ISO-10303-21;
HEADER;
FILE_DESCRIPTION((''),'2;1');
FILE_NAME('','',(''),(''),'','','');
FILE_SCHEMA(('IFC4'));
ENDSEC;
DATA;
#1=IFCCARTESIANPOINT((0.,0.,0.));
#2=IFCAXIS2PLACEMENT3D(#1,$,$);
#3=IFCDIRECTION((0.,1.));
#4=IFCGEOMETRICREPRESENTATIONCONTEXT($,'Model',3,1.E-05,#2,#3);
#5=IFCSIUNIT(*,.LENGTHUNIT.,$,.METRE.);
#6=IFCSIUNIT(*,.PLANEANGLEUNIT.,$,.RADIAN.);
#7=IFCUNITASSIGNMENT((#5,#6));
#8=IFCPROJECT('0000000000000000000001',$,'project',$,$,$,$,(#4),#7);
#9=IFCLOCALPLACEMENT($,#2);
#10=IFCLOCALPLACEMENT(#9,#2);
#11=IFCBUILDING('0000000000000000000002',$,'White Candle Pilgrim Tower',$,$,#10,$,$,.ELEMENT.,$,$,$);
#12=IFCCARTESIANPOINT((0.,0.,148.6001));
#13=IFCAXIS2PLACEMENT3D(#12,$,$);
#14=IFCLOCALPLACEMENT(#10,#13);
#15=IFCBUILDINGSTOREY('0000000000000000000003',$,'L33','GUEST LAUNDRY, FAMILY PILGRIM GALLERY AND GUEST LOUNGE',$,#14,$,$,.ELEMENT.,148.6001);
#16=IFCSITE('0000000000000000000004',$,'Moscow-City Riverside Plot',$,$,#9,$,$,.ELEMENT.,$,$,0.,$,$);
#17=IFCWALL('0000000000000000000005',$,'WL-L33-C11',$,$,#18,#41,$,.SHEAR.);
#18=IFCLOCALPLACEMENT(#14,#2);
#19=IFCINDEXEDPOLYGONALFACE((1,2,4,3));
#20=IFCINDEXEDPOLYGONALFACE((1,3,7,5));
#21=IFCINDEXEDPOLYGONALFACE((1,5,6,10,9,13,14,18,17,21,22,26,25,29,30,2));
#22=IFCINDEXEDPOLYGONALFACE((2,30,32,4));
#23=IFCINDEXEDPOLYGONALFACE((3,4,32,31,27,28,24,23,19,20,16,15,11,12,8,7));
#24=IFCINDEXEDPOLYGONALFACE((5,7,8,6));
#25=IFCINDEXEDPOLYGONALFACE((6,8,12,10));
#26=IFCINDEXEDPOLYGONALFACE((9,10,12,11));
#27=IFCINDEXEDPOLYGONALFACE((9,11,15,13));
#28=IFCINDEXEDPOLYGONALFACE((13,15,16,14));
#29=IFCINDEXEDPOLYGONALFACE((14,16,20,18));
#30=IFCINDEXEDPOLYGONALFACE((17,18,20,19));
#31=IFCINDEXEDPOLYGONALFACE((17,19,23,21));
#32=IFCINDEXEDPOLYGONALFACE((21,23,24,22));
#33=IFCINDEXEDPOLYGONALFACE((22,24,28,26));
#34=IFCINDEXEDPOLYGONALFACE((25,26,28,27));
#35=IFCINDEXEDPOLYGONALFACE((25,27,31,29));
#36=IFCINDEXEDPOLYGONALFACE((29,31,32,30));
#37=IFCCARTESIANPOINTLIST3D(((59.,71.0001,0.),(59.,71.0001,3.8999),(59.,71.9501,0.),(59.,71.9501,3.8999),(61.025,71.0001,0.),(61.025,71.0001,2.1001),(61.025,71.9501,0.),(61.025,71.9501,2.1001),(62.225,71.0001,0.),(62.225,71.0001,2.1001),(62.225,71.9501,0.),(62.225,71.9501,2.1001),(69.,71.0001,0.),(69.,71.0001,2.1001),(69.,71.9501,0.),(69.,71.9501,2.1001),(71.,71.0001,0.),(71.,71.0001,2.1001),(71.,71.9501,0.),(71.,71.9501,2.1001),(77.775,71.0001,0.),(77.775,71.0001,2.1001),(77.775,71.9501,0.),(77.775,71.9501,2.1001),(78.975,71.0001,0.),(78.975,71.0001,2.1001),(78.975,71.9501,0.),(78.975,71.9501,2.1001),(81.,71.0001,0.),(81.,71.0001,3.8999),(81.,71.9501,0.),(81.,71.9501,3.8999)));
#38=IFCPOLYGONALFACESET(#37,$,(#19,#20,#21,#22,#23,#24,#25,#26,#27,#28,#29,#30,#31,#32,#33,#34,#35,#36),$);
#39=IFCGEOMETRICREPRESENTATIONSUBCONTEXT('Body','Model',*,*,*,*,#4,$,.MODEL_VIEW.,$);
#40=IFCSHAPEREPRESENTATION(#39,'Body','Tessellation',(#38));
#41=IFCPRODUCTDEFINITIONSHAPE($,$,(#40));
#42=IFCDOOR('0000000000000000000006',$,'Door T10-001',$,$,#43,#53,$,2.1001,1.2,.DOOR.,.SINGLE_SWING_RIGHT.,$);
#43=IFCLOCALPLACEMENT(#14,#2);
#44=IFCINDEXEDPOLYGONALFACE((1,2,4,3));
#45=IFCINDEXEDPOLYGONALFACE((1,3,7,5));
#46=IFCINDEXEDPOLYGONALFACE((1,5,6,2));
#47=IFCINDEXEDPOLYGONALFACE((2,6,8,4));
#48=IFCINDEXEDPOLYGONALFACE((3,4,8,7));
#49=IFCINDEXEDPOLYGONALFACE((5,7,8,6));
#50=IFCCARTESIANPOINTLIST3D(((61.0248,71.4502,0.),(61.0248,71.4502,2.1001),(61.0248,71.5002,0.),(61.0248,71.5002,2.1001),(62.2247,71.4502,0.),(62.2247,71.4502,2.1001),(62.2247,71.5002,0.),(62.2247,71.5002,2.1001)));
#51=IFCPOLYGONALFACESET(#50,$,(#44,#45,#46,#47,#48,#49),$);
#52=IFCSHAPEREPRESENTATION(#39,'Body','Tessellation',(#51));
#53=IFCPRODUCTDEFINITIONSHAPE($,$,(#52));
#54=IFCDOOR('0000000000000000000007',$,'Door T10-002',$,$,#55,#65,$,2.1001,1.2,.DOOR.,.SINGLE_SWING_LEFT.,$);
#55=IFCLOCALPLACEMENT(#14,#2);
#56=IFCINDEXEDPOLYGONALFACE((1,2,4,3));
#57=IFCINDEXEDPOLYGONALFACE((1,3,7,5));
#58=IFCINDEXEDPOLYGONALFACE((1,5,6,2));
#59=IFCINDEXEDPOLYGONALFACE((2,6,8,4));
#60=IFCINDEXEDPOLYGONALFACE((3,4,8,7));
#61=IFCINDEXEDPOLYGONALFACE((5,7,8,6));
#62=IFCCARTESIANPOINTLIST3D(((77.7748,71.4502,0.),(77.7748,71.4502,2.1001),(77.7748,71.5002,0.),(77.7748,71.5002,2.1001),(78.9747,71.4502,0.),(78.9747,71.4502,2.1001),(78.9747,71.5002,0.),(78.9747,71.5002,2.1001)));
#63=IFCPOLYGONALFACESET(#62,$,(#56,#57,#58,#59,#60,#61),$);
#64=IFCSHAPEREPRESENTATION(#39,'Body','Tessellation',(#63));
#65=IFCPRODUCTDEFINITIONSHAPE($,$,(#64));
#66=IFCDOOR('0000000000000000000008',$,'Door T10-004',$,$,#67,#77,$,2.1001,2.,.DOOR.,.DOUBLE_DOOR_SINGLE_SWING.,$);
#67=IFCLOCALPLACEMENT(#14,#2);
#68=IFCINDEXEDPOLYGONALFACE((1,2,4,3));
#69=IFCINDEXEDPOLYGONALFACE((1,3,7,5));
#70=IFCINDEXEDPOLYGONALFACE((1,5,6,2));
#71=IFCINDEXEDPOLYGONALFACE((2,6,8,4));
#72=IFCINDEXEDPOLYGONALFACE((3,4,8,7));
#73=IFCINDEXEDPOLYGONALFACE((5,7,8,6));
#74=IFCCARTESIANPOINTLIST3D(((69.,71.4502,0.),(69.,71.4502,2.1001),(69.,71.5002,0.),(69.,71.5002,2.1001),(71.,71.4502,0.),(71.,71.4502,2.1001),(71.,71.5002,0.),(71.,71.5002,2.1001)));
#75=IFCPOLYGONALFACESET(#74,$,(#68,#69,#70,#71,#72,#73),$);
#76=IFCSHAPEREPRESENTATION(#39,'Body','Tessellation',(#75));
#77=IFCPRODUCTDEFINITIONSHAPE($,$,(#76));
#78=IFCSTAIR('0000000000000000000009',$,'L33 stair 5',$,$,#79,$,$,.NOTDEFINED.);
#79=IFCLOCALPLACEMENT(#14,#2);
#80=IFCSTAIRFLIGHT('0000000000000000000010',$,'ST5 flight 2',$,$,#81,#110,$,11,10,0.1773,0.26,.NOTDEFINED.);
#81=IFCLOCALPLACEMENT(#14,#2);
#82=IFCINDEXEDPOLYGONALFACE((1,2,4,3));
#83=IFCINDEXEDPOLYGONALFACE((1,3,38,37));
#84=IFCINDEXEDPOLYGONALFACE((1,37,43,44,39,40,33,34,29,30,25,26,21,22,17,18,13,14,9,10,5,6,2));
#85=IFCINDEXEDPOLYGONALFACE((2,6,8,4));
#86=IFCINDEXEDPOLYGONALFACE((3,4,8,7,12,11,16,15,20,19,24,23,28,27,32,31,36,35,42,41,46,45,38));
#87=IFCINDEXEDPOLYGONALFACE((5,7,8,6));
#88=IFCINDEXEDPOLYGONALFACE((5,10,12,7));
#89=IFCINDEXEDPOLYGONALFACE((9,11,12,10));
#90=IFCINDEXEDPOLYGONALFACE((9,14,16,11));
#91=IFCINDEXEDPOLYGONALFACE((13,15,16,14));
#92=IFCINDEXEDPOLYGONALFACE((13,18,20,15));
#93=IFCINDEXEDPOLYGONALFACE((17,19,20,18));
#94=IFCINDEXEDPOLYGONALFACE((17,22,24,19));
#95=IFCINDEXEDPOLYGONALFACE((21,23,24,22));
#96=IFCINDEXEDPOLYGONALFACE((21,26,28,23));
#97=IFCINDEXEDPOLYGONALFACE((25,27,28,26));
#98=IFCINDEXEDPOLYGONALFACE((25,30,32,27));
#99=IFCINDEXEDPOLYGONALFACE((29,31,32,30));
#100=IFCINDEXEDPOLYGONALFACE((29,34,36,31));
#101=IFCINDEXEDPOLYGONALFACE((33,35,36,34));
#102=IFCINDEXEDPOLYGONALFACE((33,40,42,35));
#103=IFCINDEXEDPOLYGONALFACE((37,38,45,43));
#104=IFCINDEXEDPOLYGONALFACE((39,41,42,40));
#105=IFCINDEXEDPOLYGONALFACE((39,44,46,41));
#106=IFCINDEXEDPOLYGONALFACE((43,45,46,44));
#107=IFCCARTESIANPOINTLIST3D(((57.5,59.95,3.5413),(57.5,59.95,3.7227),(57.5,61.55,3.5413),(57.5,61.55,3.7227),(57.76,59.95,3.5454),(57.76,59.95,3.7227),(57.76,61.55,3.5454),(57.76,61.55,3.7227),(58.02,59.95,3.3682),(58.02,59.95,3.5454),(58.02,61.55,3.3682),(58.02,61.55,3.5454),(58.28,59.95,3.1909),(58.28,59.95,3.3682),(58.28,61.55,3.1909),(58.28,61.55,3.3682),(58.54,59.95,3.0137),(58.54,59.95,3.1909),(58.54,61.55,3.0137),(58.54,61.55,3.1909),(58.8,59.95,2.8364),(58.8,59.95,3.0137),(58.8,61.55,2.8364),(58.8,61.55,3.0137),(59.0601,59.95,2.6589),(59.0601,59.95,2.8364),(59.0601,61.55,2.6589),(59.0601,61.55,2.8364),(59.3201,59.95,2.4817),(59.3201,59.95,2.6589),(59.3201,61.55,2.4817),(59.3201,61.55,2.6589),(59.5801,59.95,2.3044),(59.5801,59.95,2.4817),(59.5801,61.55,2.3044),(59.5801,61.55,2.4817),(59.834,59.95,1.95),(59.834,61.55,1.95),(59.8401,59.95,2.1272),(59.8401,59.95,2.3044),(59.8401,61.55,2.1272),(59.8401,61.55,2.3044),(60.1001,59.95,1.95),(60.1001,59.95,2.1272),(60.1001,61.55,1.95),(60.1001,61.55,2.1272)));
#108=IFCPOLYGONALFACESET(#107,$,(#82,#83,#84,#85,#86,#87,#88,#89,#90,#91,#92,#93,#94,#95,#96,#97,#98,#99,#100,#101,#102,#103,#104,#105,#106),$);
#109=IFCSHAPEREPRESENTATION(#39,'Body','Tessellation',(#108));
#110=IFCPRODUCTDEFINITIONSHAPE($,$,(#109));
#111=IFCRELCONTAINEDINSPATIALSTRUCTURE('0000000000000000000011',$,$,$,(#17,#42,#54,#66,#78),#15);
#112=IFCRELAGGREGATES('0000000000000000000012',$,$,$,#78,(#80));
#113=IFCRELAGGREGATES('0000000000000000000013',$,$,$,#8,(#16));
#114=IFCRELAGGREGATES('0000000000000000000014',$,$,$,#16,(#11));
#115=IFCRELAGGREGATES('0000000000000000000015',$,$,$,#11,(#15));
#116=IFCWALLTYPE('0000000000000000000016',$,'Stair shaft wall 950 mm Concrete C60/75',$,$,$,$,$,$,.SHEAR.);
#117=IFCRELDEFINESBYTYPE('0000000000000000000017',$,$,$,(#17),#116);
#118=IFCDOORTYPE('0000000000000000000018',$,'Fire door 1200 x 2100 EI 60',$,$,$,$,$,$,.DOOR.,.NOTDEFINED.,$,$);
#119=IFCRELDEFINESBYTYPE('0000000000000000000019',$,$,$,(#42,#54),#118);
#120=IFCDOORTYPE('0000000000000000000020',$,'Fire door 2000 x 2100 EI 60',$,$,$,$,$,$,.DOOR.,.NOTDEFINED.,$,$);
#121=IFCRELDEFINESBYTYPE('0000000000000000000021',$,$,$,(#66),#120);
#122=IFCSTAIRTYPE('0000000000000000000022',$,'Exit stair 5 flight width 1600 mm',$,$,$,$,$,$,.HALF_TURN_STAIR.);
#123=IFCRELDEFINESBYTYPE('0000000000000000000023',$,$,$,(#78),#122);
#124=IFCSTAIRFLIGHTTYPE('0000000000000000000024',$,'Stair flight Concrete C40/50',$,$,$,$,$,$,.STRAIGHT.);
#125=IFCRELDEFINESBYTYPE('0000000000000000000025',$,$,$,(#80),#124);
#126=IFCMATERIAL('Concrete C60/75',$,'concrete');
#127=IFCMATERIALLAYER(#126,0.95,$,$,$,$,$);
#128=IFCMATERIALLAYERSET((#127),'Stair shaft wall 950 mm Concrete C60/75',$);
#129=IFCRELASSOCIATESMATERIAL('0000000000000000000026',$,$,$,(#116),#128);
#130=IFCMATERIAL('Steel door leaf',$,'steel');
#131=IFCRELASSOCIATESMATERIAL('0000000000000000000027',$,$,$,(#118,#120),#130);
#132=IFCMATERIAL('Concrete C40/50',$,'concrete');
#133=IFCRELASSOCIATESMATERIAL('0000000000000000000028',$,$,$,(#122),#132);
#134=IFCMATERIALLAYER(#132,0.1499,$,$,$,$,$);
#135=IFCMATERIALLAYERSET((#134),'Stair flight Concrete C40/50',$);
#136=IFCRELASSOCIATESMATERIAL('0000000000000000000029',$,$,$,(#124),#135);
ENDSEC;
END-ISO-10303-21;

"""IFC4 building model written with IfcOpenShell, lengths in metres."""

from ifc_helpers import new_model, si_unit, direction, frame, frame_2d, origin, place, context, subcontext, project, spatial, polyline, rectangle, outline, extrude, material, layer, layer_set, type_object, element, fill, aggregate, save


model = new_model("IFC4")

# Units and contexts
model_context = context("Model", 3, precision=1e-05, world=origin(), true_north=direction((0.0, 1.0)))
body_context = subcontext(model_context, "Body", "Model", "MODEL_VIEW")
ifc_project = project(units=[si_unit("LENGTHUNIT", "METRE"), si_unit("PLANEANGLEUNIT", "RADIAN")], contexts=[model_context])

# Site, building, storey
site_placement = place(None, origin())
site = spatial("IfcSite", under=ifc_project, at=site_placement, Name="Moscow-City Riverside Plot", CompositionType="ELEMENT", RefElevation=0.0)
building_placement = place(site_placement, origin())
building = spatial("IfcBuilding", under=site, at=building_placement, Name="White Candle Pilgrim Tower", CompositionType="ELEMENT")
storey_placement = place(building_placement, frame((0.0, 0.0, 148.6001)))
storey = spatial("IfcBuildingStorey", under=building, at=storey_placement, Name="L33", Description="GUEST LAUNDRY, FAMILY PILGRIM GALLERY AND GUEST LOUNGE", CompositionType="ELEMENT", Elevation=148.6001)

# Shared definitions
ifc_material_1 = material(Name="Steel door leaf", Category="steel")

# Shared definitions
ifc_material_2 = material(Name="Concrete C60/75", Category="concrete")

# Wall, openings, doors
ifc_layer_1 = layer(ifc_material_2, 0.95)
ifc_layer_set_1 = layer_set([ifc_layer_1], Name="Stair shaft wall 950 mm Concrete C60/75")
wall_type_1 = type_object("IfcWallType", Name="Stair shaft wall 950 mm Concrete C60/75", PredefinedType="SHEAR", material=ifc_layer_set_1)
wall_1_placement = place(storey_placement, frame((59.0, 71.4751, 0.0), z_axis=(0.0, 0.0, 1.0), x_axis=(1.0, 0.0, 0.0)))
wall_1 = element("IfcWall", 1, at=wall_1_placement, inside=storey, type_object=wall_type_1, Name="WL-L33-C11", PredefinedType="SHEAR", context=body_context, shape_type="SweptSolid", body=[
    extrude(rectangle(XDim=22.0, YDim=0.95, at=frame_2d((11.0, 0.0))), origin(), (0.0, 0.0, 1.0), 3.8999),
])
opening_1_placement = place(wall_1_placement, frame((2.0249, 0.0, 0.0)))
opening_1 = element("IfcOpeningElement", 2, at=opening_1_placement, cuts=wall_1, PredefinedType="OPENING", context=body_context, shape_type="SweptSolid", body=[
    extrude(rectangle(XDim=1.2, YDim=2.1001, at=frame_2d((0.6001, 1.05))), frame((0.0, 0.4849, 0.0), z_axis=(0.0, -1.0, 0.0), x_axis=(1.0, 0.0, 0.0)), (0.0, 0.0, 1.0), 0.97),
])
opening_2_placement = place(wall_1_placement, frame((18.7749, 0.0, 0.0)))
opening_2 = element("IfcOpeningElement", 3, at=opening_2_placement, cuts=wall_1, PredefinedType="OPENING", context=body_context, shape_type="SweptSolid", body=[
    extrude(rectangle(XDim=1.2, YDim=2.1001, at=frame_2d((0.6001, 1.05))), frame((0.0, 0.4849, 0.0), z_axis=(0.0, -1.0, 0.0), x_axis=(1.0, 0.0, 0.0)), (0.0, 0.0, 1.0), 0.97),
])
opening_3_placement = place(wall_1_placement, frame((10.0, 0.0, 0.0)))
opening_3 = element("IfcOpeningElement", 4, at=opening_3_placement, cuts=wall_1, PredefinedType="OPENING", context=body_context, shape_type="SweptSolid", body=[
    extrude(rectangle(XDim=2.0, YDim=2.1001, at=frame_2d((1.0, 1.05))), frame((0.0, 0.4849, 0.0), z_axis=(0.0, -1.0, 0.0), x_axis=(1.0, 0.0, 0.0)), (0.0, 0.0, 1.0), 0.97),
])
door_type_1 = type_object("IfcDoorType", Name="Fire door 1200 x 2100 EI 60", OperationType="NOTDEFINED", PredefinedType="DOOR", material=ifc_material_1)
door_1_placement = place(opening_1_placement, frame((1.2, 0.0, 0.0), z_axis=(0.0, 0.0, 1.0), x_axis=(-1.0, 0.0, 0.0)))
door_1 = element("IfcDoor", 5, at=door_1_placement, inside=storey, type_object=door_type_1, Name="Door T10-001", OperationType="SINGLE_SWING_RIGHT", OverallHeight=2.1001, OverallWidth=1.2, PredefinedType="DOOR", context=body_context, shape_type="SweptSolid", body=[
    extrude(rectangle(XDim=1.2, YDim=2.1001, at=frame_2d((0.6001, 1.05))), frame((0.0, 0.0249, 0.0), z_axis=(0.0, -1.0, 0.0), x_axis=(1.0, 0.0, 0.0)), (0.0, 0.0, 1.0), 0.05),
])
fill(opening_1, door_1)
door_2_placement = place(opening_2_placement, frame((1.2, 0.0, 0.0), z_axis=(0.0, 0.0, 1.0), x_axis=(-1.0, 0.0, 0.0)))
door_2 = element("IfcDoor", 6, at=door_2_placement, inside=storey, type_object=door_type_1, Name="Door T10-002", OperationType="SINGLE_SWING_LEFT", OverallHeight=2.1001, OverallWidth=1.2, PredefinedType="DOOR", context=body_context, shape_type="SweptSolid", body=[
    extrude(rectangle(XDim=1.2, YDim=2.1001, at=frame_2d((0.6001, 1.05))), frame((0.0, 0.0249, 0.0), z_axis=(0.0, -1.0, 0.0), x_axis=(1.0, 0.0, 0.0)), (0.0, 0.0, 1.0), 0.05),
])
fill(opening_2, door_2)
door_type_2 = type_object("IfcDoorType", Name="Fire door 2000 x 2100 EI 60", OperationType="NOTDEFINED", PredefinedType="DOOR", material=ifc_material_1)
door_3_placement = place(opening_3_placement, frame((2.0, 0.0, 0.0), z_axis=(0.0, 0.0, 1.0), x_axis=(-1.0, 0.0, 0.0)))
door_3 = element("IfcDoor", 7, at=door_3_placement, inside=storey, type_object=door_type_2, Name="Door T10-004", OperationType="DOUBLE_DOOR_SINGLE_SWING", OverallHeight=2.1001, OverallWidth=2.0, PredefinedType="DOOR", context=body_context, shape_type="SweptSolid", body=[
    extrude(rectangle(XDim=2.0, YDim=2.1001, at=frame_2d((1.0, 1.05))), frame((0.0, 0.0249, 0.0), z_axis=(0.0, -1.0, 0.0), x_axis=(1.0, 0.0, 0.0)), (0.0, 0.0, 1.0), 0.05),
])
fill(opening_3, door_3)

# Stair, stair flight
ifc_material_3 = material(Name="Concrete C40/50", Category="concrete")
stair_type = type_object("IfcStairType", Name="Exit stair 5 flight width 1600 mm", PredefinedType="HALF_TURN_STAIR", material=ifc_material_3)
stair_placement = place(storey_placement, origin())
stair = element("IfcStair", 8, at=stair_placement, inside=storey, type_object=stair_type, Name="L33 stair 5", PredefinedType="NOTDEFINED")
ifc_layer_2 = layer(ifc_material_3, 0.1499)
ifc_layer_set_2 = layer_set([ifc_layer_2], Name="Stair flight Concrete C40/50")
stair_flight_type = type_object("IfcStairFlightType", Name="Stair flight Concrete C40/50", PredefinedType="STRAIGHT", material=ifc_layer_set_2)
stair_flight_placement = place(storey_placement, frame((60.1001, 60.75, 1.95), z_axis=(0.0, 0.0, 1.0), x_axis=(-1.0, 0.0, 0.0)))
stair_flight = element("IfcStairFlight", 9, at=stair_flight_placement, type_object=stair_flight_type, Name="ST5 flight 2", NumberOfRisers=11, NumberOfTreads=10, PredefinedType="NOTDEFINED", RiserHeight=0.1773, TreadLength=0.26, context=body_context, shape_type="SweptSolid", body=[
    extrude(outline(polyline([(0.0, 0.0), (0.0, 0.1772), (0.26, 0.1772), (0.26, 0.3545), (0.52, 0.3545), (0.52, 0.5317), (0.78, 0.5317), (0.78, 0.709), (1.04, 0.709), (1.04, 0.8865), (1.3, 0.8865), (1.3, 1.0637), (1.5601, 1.0637), (1.5601, 1.241), (1.8201, 1.241), (1.8201, 1.4182), (2.0801, 1.4182), (2.0801, 1.5955), (2.3401, 1.5955), (2.3401, 1.7727), (2.6001, 1.7727), (2.6001, 1.95), (2.6001, 1.5913), (0.2661, 0.0), (0.0, 0.0)])), frame((0.0, 0.8, 0.0), z_axis=(0.0, -1.0, 0.0), x_axis=(1.0, 0.0, 0.0)), (0.0, 0.0, 1.0), 1.6001),
])
aggregate(stair, [stair_flight])

save(model, "model.ifc")
